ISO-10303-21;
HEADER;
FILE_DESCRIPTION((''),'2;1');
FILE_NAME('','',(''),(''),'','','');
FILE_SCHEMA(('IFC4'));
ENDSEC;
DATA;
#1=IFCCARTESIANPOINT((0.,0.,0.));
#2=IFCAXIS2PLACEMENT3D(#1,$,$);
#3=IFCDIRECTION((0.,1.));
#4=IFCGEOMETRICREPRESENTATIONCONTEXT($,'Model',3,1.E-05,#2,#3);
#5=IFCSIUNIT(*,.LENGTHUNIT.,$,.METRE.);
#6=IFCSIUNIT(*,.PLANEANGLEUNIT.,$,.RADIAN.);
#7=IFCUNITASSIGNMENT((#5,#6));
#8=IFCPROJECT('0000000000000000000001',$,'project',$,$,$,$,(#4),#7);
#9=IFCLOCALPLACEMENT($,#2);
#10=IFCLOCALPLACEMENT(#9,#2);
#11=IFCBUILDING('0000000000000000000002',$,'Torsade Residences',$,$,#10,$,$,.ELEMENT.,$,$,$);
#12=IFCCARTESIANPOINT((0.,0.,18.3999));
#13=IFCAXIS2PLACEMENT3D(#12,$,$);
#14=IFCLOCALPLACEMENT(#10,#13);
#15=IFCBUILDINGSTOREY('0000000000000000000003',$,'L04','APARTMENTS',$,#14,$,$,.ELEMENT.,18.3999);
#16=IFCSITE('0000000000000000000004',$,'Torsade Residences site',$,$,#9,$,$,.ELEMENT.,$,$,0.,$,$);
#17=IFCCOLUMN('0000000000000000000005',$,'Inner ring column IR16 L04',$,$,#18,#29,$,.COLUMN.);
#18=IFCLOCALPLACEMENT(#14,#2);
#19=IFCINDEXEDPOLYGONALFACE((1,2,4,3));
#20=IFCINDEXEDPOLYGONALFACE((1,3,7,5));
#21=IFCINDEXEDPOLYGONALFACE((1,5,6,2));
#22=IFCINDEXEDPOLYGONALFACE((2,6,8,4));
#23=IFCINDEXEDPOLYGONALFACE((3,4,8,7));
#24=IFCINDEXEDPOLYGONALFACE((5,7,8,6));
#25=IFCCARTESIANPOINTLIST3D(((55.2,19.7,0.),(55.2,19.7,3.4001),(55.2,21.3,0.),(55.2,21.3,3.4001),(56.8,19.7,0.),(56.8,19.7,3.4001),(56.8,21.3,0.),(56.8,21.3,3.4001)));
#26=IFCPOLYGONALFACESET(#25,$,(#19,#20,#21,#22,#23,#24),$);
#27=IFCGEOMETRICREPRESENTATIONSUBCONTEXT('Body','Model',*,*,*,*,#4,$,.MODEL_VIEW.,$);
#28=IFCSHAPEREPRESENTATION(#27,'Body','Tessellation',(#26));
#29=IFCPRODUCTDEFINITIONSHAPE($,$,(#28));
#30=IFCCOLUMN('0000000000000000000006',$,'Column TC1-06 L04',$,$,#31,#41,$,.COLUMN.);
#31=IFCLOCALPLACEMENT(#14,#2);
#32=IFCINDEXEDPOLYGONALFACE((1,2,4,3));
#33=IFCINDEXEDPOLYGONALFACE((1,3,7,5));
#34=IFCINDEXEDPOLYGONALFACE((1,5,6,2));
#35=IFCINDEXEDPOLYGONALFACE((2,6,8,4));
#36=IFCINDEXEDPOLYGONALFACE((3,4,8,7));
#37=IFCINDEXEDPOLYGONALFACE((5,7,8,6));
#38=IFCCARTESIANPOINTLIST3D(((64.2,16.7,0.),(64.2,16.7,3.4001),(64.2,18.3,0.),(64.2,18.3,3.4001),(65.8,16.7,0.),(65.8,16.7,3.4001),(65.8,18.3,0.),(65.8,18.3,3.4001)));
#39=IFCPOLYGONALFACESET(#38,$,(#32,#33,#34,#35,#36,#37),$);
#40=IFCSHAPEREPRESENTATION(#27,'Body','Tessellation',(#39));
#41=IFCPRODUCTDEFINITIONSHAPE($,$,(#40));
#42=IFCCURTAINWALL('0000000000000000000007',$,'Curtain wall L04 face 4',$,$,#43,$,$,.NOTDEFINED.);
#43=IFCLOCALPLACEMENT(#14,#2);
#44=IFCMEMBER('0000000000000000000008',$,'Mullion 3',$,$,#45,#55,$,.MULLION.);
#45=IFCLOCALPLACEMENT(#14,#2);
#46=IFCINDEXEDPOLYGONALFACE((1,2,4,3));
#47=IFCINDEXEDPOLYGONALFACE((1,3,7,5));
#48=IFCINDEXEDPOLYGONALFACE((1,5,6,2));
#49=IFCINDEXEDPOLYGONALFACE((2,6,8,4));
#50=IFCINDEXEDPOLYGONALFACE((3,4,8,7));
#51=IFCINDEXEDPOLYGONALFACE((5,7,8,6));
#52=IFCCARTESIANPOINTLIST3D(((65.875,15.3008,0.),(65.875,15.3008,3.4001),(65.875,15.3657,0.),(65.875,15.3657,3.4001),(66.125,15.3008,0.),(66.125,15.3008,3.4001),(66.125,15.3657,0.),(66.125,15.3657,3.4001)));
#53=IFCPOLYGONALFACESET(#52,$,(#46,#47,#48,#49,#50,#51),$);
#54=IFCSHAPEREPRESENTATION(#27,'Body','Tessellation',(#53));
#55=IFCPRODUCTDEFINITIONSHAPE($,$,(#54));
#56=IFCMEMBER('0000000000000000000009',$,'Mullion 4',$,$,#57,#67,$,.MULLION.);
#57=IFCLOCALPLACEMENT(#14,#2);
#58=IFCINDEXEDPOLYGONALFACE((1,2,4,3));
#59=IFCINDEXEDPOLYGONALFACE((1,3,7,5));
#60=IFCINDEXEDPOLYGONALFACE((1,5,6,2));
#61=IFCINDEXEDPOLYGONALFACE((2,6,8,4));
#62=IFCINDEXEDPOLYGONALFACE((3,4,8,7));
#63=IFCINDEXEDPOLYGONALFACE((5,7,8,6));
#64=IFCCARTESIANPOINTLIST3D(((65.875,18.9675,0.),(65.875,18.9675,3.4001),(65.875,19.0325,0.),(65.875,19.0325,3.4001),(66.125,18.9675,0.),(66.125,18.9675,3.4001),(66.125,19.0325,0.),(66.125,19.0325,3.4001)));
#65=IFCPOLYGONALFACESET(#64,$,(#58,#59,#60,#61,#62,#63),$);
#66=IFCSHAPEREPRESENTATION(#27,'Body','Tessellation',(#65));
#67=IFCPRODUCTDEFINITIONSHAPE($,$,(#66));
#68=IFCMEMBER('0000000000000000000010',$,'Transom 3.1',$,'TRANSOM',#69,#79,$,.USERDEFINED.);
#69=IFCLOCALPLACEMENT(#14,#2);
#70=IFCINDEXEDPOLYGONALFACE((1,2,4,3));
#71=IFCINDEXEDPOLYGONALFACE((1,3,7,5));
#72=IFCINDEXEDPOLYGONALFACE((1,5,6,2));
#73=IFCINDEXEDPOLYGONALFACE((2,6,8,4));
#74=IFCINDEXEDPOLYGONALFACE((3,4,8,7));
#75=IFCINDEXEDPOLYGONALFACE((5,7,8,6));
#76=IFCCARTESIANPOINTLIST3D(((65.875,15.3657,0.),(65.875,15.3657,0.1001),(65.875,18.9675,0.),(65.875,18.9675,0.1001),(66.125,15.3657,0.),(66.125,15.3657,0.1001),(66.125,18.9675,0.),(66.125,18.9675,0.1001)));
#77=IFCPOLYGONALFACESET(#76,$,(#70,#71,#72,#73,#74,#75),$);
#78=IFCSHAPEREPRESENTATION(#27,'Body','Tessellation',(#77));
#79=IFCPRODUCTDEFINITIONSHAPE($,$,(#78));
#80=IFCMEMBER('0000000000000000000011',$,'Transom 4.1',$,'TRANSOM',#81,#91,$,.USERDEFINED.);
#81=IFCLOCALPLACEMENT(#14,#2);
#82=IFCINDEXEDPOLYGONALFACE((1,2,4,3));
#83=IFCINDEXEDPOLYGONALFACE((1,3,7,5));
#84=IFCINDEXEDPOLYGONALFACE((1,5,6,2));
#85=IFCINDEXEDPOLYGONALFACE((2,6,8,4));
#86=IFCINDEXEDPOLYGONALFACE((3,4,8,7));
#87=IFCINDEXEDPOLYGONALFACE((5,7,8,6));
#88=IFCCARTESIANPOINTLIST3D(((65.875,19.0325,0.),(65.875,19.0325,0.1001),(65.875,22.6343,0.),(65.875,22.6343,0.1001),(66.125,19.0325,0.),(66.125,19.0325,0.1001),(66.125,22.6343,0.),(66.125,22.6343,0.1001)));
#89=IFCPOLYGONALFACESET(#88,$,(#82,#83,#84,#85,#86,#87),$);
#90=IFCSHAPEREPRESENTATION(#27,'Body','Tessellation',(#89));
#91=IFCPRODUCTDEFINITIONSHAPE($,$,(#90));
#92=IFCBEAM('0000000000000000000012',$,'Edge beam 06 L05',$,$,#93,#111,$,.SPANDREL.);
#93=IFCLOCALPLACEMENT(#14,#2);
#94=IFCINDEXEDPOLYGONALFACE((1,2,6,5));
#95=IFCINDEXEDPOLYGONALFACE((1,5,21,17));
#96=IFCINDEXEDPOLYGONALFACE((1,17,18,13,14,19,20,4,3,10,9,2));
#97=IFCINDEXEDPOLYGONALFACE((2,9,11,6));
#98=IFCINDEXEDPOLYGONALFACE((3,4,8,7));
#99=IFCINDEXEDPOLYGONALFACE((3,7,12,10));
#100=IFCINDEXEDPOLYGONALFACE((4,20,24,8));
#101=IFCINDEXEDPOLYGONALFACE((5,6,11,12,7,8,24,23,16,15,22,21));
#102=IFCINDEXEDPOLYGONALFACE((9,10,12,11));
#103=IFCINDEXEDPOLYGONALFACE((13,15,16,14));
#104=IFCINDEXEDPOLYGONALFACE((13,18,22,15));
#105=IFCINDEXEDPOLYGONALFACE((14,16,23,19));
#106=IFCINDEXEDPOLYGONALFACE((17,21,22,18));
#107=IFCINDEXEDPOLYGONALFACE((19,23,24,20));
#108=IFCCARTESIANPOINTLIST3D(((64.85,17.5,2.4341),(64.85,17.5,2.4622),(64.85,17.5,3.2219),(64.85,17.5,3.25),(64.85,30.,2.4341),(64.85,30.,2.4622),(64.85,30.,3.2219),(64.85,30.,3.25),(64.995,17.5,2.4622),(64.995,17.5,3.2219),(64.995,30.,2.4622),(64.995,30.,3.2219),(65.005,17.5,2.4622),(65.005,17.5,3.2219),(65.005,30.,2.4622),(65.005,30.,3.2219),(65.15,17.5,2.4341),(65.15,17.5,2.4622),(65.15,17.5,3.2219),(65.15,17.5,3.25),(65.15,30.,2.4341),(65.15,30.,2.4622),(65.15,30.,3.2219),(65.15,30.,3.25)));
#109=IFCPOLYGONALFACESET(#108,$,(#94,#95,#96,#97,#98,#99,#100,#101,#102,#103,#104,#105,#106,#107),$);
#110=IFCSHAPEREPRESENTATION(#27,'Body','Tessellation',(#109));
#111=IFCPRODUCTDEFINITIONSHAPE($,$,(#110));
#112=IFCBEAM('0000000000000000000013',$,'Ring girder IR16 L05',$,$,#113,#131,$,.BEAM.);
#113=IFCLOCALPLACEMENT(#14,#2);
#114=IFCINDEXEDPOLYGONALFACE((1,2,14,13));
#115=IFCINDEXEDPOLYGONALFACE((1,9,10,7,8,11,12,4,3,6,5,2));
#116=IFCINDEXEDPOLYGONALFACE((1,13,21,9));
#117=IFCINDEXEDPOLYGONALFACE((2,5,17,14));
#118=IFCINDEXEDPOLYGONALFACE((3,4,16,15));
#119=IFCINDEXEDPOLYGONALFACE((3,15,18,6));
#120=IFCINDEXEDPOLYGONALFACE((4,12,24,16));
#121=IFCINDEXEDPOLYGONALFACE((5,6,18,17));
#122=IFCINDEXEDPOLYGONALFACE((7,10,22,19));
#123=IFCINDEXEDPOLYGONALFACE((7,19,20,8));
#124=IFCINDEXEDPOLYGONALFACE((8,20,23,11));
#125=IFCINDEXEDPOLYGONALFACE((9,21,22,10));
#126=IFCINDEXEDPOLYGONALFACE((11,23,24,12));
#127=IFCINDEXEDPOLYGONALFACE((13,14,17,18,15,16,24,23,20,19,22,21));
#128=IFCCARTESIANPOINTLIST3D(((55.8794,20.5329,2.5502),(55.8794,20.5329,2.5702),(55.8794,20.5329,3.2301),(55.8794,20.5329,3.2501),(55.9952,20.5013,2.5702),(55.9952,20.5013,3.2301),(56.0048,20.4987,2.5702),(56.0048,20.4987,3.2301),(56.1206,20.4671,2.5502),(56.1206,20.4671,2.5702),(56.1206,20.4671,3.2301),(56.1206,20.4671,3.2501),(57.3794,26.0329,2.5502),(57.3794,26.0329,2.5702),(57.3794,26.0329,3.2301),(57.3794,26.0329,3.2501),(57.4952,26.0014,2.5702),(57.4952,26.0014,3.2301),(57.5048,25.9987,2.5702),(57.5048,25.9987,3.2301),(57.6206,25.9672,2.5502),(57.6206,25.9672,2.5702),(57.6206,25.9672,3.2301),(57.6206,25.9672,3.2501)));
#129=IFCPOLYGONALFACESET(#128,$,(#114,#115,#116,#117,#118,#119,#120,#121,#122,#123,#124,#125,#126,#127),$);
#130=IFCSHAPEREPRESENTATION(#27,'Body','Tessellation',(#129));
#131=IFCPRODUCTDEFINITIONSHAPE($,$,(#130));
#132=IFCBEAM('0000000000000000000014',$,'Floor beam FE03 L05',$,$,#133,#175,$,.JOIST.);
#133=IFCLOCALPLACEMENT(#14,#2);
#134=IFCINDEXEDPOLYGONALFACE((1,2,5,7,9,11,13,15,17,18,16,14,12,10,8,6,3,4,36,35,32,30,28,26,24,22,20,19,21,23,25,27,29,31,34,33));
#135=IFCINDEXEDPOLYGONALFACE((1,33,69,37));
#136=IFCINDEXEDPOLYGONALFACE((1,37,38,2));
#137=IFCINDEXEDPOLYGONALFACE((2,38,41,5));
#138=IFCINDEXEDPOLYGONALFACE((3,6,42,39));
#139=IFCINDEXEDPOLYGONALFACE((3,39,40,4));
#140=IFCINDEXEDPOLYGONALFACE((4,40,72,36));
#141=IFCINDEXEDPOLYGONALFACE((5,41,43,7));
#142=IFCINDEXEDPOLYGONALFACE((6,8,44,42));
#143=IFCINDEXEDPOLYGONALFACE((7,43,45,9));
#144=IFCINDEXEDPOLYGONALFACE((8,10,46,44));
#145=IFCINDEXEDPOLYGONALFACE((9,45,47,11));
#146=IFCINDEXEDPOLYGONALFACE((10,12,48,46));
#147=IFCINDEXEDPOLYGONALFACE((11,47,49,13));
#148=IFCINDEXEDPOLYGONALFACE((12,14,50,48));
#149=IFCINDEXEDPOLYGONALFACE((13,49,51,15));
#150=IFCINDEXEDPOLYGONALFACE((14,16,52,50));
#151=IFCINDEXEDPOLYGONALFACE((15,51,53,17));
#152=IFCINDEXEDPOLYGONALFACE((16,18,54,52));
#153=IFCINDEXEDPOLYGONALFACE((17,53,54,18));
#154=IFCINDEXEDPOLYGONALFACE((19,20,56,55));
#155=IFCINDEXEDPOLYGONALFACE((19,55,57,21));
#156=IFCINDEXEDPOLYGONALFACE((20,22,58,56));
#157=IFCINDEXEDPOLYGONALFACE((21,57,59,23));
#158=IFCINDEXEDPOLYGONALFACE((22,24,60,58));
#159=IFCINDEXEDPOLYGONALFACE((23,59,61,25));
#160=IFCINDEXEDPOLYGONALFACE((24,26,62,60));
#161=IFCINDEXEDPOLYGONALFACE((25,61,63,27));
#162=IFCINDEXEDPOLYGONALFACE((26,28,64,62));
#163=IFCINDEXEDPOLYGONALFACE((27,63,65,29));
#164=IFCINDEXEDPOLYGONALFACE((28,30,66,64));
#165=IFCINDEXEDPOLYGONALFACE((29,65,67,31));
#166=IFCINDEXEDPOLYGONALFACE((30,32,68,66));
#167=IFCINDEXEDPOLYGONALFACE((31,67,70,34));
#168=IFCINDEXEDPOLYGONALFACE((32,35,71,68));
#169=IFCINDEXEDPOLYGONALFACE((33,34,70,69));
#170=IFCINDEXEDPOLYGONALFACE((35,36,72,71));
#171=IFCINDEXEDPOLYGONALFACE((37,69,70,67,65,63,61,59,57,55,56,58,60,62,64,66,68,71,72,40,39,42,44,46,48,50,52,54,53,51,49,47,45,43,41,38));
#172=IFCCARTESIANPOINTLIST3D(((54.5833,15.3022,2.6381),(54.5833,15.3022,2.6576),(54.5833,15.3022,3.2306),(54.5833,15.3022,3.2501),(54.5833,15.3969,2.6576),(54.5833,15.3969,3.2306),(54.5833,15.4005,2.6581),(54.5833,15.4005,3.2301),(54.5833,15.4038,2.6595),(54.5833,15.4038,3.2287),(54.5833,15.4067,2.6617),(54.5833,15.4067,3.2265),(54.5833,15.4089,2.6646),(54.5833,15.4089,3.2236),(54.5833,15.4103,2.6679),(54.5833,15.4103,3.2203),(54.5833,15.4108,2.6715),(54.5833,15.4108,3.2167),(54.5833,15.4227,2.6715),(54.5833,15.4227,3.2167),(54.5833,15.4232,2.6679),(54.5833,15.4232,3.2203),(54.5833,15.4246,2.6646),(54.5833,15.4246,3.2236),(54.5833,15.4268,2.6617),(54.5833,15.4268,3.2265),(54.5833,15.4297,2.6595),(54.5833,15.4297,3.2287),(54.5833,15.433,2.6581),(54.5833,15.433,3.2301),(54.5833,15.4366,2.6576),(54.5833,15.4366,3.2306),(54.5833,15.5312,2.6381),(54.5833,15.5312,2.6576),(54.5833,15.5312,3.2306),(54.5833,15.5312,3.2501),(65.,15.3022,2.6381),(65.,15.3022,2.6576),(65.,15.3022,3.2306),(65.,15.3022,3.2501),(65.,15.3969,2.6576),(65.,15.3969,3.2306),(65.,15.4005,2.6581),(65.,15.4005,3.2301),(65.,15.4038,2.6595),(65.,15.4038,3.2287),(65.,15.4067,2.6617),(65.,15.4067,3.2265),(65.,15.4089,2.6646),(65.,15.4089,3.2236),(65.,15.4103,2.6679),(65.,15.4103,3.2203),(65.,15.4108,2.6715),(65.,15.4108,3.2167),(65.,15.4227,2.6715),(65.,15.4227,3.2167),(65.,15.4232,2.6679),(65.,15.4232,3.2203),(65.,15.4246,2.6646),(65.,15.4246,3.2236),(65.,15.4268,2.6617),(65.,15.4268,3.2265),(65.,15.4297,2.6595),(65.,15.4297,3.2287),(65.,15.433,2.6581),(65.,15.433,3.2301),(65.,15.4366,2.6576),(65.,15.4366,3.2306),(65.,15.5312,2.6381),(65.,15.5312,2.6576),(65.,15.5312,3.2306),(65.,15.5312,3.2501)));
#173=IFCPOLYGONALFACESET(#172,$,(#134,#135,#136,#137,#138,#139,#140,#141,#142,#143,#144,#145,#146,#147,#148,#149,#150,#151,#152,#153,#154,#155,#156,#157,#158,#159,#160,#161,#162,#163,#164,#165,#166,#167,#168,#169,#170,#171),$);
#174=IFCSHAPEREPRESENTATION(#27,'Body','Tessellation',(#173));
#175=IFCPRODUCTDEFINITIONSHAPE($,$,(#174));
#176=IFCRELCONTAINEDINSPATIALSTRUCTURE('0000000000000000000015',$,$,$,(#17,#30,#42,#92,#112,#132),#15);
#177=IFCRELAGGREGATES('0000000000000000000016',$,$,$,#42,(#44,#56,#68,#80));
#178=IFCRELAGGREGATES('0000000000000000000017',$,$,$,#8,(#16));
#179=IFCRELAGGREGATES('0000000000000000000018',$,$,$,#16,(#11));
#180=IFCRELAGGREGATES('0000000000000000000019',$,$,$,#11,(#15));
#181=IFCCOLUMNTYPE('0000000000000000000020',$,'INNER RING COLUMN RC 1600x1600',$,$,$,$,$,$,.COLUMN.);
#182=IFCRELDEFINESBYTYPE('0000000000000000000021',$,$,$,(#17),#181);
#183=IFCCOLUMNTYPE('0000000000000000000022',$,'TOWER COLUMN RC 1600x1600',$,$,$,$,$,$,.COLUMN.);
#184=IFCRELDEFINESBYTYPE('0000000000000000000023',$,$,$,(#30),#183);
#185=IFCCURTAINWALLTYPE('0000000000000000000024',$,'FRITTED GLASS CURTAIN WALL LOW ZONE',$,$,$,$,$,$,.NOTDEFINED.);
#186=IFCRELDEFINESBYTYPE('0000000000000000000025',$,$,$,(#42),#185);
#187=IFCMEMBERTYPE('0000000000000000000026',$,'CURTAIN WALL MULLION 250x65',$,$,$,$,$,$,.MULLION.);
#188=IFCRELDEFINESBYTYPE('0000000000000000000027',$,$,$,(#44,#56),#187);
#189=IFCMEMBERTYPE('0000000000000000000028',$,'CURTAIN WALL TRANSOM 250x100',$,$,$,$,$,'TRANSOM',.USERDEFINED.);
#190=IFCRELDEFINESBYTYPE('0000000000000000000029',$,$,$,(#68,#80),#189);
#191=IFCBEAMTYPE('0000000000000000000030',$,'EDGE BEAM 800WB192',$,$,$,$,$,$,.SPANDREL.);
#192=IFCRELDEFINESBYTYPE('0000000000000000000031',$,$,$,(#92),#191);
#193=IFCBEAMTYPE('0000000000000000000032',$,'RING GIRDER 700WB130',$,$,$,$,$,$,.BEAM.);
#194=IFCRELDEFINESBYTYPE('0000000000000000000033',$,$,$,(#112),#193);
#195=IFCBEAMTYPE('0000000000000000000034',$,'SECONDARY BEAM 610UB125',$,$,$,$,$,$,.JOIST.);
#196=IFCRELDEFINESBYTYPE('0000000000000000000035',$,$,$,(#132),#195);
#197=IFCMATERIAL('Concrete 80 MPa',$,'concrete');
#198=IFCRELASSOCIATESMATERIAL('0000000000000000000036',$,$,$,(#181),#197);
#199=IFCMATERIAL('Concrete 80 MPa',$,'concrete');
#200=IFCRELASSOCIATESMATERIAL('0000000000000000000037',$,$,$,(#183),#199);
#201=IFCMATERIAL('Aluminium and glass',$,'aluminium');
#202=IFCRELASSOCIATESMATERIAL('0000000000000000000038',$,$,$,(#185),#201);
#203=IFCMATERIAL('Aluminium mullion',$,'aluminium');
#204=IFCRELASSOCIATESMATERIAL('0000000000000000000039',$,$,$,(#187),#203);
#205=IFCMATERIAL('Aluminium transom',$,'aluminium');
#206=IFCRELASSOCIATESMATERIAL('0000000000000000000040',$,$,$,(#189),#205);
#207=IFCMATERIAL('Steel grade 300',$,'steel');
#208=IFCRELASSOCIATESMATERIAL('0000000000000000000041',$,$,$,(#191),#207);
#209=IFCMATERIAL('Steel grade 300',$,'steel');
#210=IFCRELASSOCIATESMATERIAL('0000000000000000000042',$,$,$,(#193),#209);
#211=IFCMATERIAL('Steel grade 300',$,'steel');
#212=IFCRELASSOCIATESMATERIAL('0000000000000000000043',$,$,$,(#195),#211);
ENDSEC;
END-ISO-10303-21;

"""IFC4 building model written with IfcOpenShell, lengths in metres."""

from ifc_helpers import new_model, si_unit, direction, frame, origin, origin_2d, place, context, subcontext, project, spatial, rectangle, i_section, extrude, material, material_profile, profile_set, type_object, element, aggregate, save


model = new_model("IFC4")

# Units and contexts
model_context = context("Model", 3, precision=1e-05, world=origin(), true_north=direction((0.0, 1.0)))
body_context = subcontext(model_context, "Body", "Model", "MODEL_VIEW")
ifc_project = project(units=[si_unit("LENGTHUNIT", "METRE"), si_unit("PLANEANGLEUNIT", "RADIAN")], contexts=[model_context])

# Site, building, storey
site_placement = place(None, origin())
site = spatial("IfcSite", under=ifc_project, at=site_placement, Name="Torsade Residences site", CompositionType="ELEMENT", RefElevation=0.0)
building_placement = place(site_placement, origin())
building = spatial("IfcBuilding", under=site, at=building_placement, Name="Torsade Residences", CompositionType="ELEMENT")
storey_placement = place(building_placement, frame((0.0, 0.0, 18.3999)))
storey = spatial("IfcBuildingStorey", under=building, at=storey_placement, Name="L04", Description="APARTMENTS", CompositionType="ELEMENT", Elevation=18.3999)

# Columns
ifc_material_1 = material(Name="Concrete 80 MPa", Category="concrete")
ifc_material_profile_1 = material_profile(ifc_material_1, rectangle(XDim=1.6001, YDim=1.6001, at=origin_2d()), Name="RC 1600x1600")
ifc_profile_set_1 = profile_set([ifc_material_profile_1], Name="Concrete 80 MPa")
column_type_1 = type_object("IfcColumnType", Name="INNER RING COLUMN RC 1600x1600", PredefinedType="COLUMN", material=ifc_profile_set_1)
column_1_placement = place(storey_placement, frame((56.0, 20.5, 0.0), z_axis=(0.0, 0.0, 1.0), x_axis=(1.0, 0.0, 0.0)))
element("IfcColumn", 1, at=column_1_placement, inside=storey, type_object=column_type_1, Name="Inner ring column IR16 L04", PredefinedType="COLUMN", context=body_context, shape_type="SweptSolid", body=[
    extrude(rectangle(XDim=1.6001, YDim=1.6001, at=origin_2d()), origin(), (0.0, 0.0, 1.0), 3.4001),
])
ifc_material_2 = material(Name="Concrete 80 MPa", Category="concrete")
ifc_material_profile_2 = material_profile(ifc_material_2, rectangle(XDim=1.6001, YDim=1.6001, at=origin_2d()), Name="RC 1600x1600")
ifc_profile_set_2 = profile_set([ifc_material_profile_2], Name="Concrete 80 MPa")
column_type_2 = type_object("IfcColumnType", Name="TOWER COLUMN RC 1600x1600", PredefinedType="COLUMN", material=ifc_profile_set_2)
column_2_placement = place(storey_placement, frame((65.0, 17.5, 0.0), z_axis=(0.0, 0.0, 1.0), x_axis=(1.0, 0.0, 0.0)))
element("IfcColumn", 2, at=column_2_placement, inside=storey, type_object=column_type_2, Name="Column TC1-06 L04", PredefinedType="COLUMN", context=body_context, shape_type="SweptSolid", body=[
    extrude(rectangle(XDim=1.6001, YDim=1.6001, at=origin_2d()), origin(), (0.0, 0.0, 1.0), 3.4001),
])

# Curtain wall, members
ifc_material_3 = material(Name="Aluminium and glass", Category="aluminium")
curtain_wall_type = type_object("IfcCurtainWallType", Name="FRITTED GLASS CURTAIN WALL LOW ZONE", PredefinedType="NOTDEFINED", material=ifc_material_3)
curtain_wall_placement = place(storey_placement, origin())
curtain_wall = element("IfcCurtainWall", 3, at=curtain_wall_placement, inside=storey, type_object=curtain_wall_type, Name="Curtain wall L04 face 4", PredefinedType="NOTDEFINED")
ifc_material_4 = material(Name="Aluminium mullion", Category="aluminium")
ifc_material_profile_3 = material_profile(ifc_material_4, rectangle(XDim=0.25, YDim=0.0649, at=origin_2d()), Name="CURTAIN WALL MULLION 250x65")
ifc_profile_set_3 = profile_set([ifc_material_profile_3], Name="Aluminium mullion")
member_type_1 = type_object("IfcMemberType", Name="CURTAIN WALL MULLION 250x65", PredefinedType="MULLION", material=ifc_profile_set_3)
member_1_placement = place(storey_placement, frame((66.0, 15.3333, 0.0), z_axis=(0.0, 0.0, 1.0), x_axis=(-1.0, 0.0, 0.0)))
member_1 = element("IfcMember", 4, at=member_1_placement, type_object=member_type_1, Name="Mullion 3", PredefinedType="MULLION", context=body_context, shape_type="SweptSolid", body=[
    extrude(rectangle(XDim=0.25, YDim=0.0649, at=origin_2d()), origin(), (0.0, 0.0, 1.0), 3.4001),
])
member_2_placement = place(storey_placement, frame((66.0, 19.0, 0.0), z_axis=(0.0, 0.0, 1.0), x_axis=(-1.0, 0.0, 0.0)))
member_2 = element("IfcMember", 5, at=member_2_placement, type_object=member_type_1, Name="Mullion 4", PredefinedType="MULLION", context=body_context, shape_type="SweptSolid", body=[
    extrude(rectangle(XDim=0.25, YDim=0.0649, at=origin_2d()), origin(), (0.0, 0.0, 1.0), 3.4001),
])
ifc_material_5 = material(Name="Aluminium transom", Category="aluminium")
ifc_material_profile_4 = material_profile(ifc_material_5, rectangle(XDim=0.25, YDim=0.1001, at=origin_2d()), Name="CURTAIN WALL TRANSOM 250x100")
ifc_profile_set_4 = profile_set([ifc_material_profile_4], Name="Aluminium transom")
member_type_2 = type_object("IfcMemberType", Name="CURTAIN WALL TRANSOM 250x100", ElementType="TRANSOM", PredefinedType="USERDEFINED", material=ifc_profile_set_4)
member_3_placement = place(storey_placement, frame((66.0, 15.3657, 0.05), z_axis=(0.0, 1.0, 0.0), x_axis=(-1.0, 0.0, 0.0)))
member_3 = element("IfcMember", 6, at=member_3_placement, type_object=member_type_2, Name="Transom 3.1", ObjectType="TRANSOM", PredefinedType="USERDEFINED", context=body_context, shape_type="SweptSolid", body=[
    extrude(rectangle(XDim=0.25, YDim=0.1001, at=origin_2d()), origin(), (0.0, 0.0, 1.0), 3.6018),
])
member_4_placement = place(storey_placement, frame((66.0, 19.0325, 0.05), z_axis=(0.0, 1.0, 0.0), x_axis=(-1.0, 0.0, 0.0)))
member_4 = element("IfcMember", 7, at=member_4_placement, type_object=member_type_2, Name="Transom 4.1", ObjectType="TRANSOM", PredefinedType="USERDEFINED", context=body_context, shape_type="SweptSolid", body=[
    extrude(rectangle(XDim=0.25, YDim=0.1001, at=origin_2d()), origin(), (0.0, 0.0, 1.0), 3.6018),
])

# Beams
ifc_material_6 = material(Name="Steel grade 300", Category="steel")
ifc_material_profile_5 = material_profile(ifc_material_6, i_section(OverallWidth=0.3, OverallDepth=0.8159, WebThickness=0.01, FlangeThickness=0.0281, at=origin_2d()), Name="800WB192")
ifc_profile_set_5 = profile_set([ifc_material_profile_5], Name="Steel grade 300")
beam_type_1 = type_object("IfcBeamType", Name="EDGE BEAM 800WB192", PredefinedType="SPANDREL", material=ifc_profile_set_5)
beam_1_placement = place(storey_placement, frame((65.0, 17.5, 2.842), z_axis=(0.0, 1.0, 0.0), x_axis=(-1.0, 0.0, 0.0)))
element("IfcBeam", 8, at=beam_1_placement, inside=storey, type_object=beam_type_1, Name="Edge beam 06 L05", PredefinedType="SPANDREL", context=body_context, shape_type="SweptSolid", body=[
    extrude(i_section(OverallWidth=0.3, OverallDepth=0.8159, WebThickness=0.01, FlangeThickness=0.0281, at=origin_2d()), origin(), (0.0, 0.0, 1.0), 12.5),
])
ifc_material_7 = material(Name="Steel grade 300", Category="steel")
ifc_material_profile_6 = material_profile(ifc_material_7, i_section(OverallWidth=0.25, OverallDepth=0.7, WebThickness=0.01, FlangeThickness=0.02, at=origin_2d()), Name="700WB130")
ifc_profile_set_6 = profile_set([ifc_material_profile_6], Name="Steel grade 300")
beam_type_2 = type_object("IfcBeamType", Name="RING GIRDER 700WB130", PredefinedType="BEAM", material=ifc_profile_set_6)
beam_2_placement = place(storey_placement, frame((56.0, 20.5, 2.9001), z_axis=(0.263117, 0.964764, 0.0), x_axis=(-0.964764, 0.263117, 0.0)))
element("IfcBeam", 9, at=beam_2_placement, inside=storey, type_object=beam_type_2, Name="Ring girder IR16 L05", PredefinedType="BEAM", context=body_context, shape_type="SweptSolid", body=[
    extrude(i_section(OverallWidth=0.25, OverallDepth=0.7, WebThickness=0.01, FlangeThickness=0.02, at=origin_2d()), origin(), (0.0, 0.0, 1.0), 5.7009),
])
ifc_material_8 = material(Name="Steel grade 300", Category="steel")
ifc_material_profile_7 = material_profile(ifc_material_8, i_section(OverallWidth=0.229, OverallDepth=0.6121, WebThickness=0.012, FlangeThickness=0.0195, FilletRadius=0.0139, at=origin_2d()), Name="610UB125")
ifc_profile_set_7 = profile_set([ifc_material_profile_7], Name="Steel grade 300")
beam_type_3 = type_object("IfcBeamType", Name="SECONDARY BEAM 610UB125", PredefinedType="JOIST", material=ifc_profile_set_7)
beam_3_placement = place(storey_placement, frame((65.0, 15.4167, 2.9441), z_axis=(-1.0, 0.0, 0.0), x_axis=(0.0, -1.0, 0.0)))
element("IfcBeam", 10, at=beam_3_placement, inside=storey, type_object=beam_type_3, Name="Floor beam FE03 L05", PredefinedType="JOIST", context=body_context, shape_type="SweptSolid", body=[
    extrude(i_section(OverallWidth=0.229, OverallDepth=0.6121, WebThickness=0.012, FlangeThickness=0.0195, FilletRadius=0.0139, at=origin_2d()), origin(), (0.0, 0.0, 1.0), 10.4167),
])

aggregate(curtain_wall, [member_1, member_2, member_3, member_4])

save(model, "model.ifc")
